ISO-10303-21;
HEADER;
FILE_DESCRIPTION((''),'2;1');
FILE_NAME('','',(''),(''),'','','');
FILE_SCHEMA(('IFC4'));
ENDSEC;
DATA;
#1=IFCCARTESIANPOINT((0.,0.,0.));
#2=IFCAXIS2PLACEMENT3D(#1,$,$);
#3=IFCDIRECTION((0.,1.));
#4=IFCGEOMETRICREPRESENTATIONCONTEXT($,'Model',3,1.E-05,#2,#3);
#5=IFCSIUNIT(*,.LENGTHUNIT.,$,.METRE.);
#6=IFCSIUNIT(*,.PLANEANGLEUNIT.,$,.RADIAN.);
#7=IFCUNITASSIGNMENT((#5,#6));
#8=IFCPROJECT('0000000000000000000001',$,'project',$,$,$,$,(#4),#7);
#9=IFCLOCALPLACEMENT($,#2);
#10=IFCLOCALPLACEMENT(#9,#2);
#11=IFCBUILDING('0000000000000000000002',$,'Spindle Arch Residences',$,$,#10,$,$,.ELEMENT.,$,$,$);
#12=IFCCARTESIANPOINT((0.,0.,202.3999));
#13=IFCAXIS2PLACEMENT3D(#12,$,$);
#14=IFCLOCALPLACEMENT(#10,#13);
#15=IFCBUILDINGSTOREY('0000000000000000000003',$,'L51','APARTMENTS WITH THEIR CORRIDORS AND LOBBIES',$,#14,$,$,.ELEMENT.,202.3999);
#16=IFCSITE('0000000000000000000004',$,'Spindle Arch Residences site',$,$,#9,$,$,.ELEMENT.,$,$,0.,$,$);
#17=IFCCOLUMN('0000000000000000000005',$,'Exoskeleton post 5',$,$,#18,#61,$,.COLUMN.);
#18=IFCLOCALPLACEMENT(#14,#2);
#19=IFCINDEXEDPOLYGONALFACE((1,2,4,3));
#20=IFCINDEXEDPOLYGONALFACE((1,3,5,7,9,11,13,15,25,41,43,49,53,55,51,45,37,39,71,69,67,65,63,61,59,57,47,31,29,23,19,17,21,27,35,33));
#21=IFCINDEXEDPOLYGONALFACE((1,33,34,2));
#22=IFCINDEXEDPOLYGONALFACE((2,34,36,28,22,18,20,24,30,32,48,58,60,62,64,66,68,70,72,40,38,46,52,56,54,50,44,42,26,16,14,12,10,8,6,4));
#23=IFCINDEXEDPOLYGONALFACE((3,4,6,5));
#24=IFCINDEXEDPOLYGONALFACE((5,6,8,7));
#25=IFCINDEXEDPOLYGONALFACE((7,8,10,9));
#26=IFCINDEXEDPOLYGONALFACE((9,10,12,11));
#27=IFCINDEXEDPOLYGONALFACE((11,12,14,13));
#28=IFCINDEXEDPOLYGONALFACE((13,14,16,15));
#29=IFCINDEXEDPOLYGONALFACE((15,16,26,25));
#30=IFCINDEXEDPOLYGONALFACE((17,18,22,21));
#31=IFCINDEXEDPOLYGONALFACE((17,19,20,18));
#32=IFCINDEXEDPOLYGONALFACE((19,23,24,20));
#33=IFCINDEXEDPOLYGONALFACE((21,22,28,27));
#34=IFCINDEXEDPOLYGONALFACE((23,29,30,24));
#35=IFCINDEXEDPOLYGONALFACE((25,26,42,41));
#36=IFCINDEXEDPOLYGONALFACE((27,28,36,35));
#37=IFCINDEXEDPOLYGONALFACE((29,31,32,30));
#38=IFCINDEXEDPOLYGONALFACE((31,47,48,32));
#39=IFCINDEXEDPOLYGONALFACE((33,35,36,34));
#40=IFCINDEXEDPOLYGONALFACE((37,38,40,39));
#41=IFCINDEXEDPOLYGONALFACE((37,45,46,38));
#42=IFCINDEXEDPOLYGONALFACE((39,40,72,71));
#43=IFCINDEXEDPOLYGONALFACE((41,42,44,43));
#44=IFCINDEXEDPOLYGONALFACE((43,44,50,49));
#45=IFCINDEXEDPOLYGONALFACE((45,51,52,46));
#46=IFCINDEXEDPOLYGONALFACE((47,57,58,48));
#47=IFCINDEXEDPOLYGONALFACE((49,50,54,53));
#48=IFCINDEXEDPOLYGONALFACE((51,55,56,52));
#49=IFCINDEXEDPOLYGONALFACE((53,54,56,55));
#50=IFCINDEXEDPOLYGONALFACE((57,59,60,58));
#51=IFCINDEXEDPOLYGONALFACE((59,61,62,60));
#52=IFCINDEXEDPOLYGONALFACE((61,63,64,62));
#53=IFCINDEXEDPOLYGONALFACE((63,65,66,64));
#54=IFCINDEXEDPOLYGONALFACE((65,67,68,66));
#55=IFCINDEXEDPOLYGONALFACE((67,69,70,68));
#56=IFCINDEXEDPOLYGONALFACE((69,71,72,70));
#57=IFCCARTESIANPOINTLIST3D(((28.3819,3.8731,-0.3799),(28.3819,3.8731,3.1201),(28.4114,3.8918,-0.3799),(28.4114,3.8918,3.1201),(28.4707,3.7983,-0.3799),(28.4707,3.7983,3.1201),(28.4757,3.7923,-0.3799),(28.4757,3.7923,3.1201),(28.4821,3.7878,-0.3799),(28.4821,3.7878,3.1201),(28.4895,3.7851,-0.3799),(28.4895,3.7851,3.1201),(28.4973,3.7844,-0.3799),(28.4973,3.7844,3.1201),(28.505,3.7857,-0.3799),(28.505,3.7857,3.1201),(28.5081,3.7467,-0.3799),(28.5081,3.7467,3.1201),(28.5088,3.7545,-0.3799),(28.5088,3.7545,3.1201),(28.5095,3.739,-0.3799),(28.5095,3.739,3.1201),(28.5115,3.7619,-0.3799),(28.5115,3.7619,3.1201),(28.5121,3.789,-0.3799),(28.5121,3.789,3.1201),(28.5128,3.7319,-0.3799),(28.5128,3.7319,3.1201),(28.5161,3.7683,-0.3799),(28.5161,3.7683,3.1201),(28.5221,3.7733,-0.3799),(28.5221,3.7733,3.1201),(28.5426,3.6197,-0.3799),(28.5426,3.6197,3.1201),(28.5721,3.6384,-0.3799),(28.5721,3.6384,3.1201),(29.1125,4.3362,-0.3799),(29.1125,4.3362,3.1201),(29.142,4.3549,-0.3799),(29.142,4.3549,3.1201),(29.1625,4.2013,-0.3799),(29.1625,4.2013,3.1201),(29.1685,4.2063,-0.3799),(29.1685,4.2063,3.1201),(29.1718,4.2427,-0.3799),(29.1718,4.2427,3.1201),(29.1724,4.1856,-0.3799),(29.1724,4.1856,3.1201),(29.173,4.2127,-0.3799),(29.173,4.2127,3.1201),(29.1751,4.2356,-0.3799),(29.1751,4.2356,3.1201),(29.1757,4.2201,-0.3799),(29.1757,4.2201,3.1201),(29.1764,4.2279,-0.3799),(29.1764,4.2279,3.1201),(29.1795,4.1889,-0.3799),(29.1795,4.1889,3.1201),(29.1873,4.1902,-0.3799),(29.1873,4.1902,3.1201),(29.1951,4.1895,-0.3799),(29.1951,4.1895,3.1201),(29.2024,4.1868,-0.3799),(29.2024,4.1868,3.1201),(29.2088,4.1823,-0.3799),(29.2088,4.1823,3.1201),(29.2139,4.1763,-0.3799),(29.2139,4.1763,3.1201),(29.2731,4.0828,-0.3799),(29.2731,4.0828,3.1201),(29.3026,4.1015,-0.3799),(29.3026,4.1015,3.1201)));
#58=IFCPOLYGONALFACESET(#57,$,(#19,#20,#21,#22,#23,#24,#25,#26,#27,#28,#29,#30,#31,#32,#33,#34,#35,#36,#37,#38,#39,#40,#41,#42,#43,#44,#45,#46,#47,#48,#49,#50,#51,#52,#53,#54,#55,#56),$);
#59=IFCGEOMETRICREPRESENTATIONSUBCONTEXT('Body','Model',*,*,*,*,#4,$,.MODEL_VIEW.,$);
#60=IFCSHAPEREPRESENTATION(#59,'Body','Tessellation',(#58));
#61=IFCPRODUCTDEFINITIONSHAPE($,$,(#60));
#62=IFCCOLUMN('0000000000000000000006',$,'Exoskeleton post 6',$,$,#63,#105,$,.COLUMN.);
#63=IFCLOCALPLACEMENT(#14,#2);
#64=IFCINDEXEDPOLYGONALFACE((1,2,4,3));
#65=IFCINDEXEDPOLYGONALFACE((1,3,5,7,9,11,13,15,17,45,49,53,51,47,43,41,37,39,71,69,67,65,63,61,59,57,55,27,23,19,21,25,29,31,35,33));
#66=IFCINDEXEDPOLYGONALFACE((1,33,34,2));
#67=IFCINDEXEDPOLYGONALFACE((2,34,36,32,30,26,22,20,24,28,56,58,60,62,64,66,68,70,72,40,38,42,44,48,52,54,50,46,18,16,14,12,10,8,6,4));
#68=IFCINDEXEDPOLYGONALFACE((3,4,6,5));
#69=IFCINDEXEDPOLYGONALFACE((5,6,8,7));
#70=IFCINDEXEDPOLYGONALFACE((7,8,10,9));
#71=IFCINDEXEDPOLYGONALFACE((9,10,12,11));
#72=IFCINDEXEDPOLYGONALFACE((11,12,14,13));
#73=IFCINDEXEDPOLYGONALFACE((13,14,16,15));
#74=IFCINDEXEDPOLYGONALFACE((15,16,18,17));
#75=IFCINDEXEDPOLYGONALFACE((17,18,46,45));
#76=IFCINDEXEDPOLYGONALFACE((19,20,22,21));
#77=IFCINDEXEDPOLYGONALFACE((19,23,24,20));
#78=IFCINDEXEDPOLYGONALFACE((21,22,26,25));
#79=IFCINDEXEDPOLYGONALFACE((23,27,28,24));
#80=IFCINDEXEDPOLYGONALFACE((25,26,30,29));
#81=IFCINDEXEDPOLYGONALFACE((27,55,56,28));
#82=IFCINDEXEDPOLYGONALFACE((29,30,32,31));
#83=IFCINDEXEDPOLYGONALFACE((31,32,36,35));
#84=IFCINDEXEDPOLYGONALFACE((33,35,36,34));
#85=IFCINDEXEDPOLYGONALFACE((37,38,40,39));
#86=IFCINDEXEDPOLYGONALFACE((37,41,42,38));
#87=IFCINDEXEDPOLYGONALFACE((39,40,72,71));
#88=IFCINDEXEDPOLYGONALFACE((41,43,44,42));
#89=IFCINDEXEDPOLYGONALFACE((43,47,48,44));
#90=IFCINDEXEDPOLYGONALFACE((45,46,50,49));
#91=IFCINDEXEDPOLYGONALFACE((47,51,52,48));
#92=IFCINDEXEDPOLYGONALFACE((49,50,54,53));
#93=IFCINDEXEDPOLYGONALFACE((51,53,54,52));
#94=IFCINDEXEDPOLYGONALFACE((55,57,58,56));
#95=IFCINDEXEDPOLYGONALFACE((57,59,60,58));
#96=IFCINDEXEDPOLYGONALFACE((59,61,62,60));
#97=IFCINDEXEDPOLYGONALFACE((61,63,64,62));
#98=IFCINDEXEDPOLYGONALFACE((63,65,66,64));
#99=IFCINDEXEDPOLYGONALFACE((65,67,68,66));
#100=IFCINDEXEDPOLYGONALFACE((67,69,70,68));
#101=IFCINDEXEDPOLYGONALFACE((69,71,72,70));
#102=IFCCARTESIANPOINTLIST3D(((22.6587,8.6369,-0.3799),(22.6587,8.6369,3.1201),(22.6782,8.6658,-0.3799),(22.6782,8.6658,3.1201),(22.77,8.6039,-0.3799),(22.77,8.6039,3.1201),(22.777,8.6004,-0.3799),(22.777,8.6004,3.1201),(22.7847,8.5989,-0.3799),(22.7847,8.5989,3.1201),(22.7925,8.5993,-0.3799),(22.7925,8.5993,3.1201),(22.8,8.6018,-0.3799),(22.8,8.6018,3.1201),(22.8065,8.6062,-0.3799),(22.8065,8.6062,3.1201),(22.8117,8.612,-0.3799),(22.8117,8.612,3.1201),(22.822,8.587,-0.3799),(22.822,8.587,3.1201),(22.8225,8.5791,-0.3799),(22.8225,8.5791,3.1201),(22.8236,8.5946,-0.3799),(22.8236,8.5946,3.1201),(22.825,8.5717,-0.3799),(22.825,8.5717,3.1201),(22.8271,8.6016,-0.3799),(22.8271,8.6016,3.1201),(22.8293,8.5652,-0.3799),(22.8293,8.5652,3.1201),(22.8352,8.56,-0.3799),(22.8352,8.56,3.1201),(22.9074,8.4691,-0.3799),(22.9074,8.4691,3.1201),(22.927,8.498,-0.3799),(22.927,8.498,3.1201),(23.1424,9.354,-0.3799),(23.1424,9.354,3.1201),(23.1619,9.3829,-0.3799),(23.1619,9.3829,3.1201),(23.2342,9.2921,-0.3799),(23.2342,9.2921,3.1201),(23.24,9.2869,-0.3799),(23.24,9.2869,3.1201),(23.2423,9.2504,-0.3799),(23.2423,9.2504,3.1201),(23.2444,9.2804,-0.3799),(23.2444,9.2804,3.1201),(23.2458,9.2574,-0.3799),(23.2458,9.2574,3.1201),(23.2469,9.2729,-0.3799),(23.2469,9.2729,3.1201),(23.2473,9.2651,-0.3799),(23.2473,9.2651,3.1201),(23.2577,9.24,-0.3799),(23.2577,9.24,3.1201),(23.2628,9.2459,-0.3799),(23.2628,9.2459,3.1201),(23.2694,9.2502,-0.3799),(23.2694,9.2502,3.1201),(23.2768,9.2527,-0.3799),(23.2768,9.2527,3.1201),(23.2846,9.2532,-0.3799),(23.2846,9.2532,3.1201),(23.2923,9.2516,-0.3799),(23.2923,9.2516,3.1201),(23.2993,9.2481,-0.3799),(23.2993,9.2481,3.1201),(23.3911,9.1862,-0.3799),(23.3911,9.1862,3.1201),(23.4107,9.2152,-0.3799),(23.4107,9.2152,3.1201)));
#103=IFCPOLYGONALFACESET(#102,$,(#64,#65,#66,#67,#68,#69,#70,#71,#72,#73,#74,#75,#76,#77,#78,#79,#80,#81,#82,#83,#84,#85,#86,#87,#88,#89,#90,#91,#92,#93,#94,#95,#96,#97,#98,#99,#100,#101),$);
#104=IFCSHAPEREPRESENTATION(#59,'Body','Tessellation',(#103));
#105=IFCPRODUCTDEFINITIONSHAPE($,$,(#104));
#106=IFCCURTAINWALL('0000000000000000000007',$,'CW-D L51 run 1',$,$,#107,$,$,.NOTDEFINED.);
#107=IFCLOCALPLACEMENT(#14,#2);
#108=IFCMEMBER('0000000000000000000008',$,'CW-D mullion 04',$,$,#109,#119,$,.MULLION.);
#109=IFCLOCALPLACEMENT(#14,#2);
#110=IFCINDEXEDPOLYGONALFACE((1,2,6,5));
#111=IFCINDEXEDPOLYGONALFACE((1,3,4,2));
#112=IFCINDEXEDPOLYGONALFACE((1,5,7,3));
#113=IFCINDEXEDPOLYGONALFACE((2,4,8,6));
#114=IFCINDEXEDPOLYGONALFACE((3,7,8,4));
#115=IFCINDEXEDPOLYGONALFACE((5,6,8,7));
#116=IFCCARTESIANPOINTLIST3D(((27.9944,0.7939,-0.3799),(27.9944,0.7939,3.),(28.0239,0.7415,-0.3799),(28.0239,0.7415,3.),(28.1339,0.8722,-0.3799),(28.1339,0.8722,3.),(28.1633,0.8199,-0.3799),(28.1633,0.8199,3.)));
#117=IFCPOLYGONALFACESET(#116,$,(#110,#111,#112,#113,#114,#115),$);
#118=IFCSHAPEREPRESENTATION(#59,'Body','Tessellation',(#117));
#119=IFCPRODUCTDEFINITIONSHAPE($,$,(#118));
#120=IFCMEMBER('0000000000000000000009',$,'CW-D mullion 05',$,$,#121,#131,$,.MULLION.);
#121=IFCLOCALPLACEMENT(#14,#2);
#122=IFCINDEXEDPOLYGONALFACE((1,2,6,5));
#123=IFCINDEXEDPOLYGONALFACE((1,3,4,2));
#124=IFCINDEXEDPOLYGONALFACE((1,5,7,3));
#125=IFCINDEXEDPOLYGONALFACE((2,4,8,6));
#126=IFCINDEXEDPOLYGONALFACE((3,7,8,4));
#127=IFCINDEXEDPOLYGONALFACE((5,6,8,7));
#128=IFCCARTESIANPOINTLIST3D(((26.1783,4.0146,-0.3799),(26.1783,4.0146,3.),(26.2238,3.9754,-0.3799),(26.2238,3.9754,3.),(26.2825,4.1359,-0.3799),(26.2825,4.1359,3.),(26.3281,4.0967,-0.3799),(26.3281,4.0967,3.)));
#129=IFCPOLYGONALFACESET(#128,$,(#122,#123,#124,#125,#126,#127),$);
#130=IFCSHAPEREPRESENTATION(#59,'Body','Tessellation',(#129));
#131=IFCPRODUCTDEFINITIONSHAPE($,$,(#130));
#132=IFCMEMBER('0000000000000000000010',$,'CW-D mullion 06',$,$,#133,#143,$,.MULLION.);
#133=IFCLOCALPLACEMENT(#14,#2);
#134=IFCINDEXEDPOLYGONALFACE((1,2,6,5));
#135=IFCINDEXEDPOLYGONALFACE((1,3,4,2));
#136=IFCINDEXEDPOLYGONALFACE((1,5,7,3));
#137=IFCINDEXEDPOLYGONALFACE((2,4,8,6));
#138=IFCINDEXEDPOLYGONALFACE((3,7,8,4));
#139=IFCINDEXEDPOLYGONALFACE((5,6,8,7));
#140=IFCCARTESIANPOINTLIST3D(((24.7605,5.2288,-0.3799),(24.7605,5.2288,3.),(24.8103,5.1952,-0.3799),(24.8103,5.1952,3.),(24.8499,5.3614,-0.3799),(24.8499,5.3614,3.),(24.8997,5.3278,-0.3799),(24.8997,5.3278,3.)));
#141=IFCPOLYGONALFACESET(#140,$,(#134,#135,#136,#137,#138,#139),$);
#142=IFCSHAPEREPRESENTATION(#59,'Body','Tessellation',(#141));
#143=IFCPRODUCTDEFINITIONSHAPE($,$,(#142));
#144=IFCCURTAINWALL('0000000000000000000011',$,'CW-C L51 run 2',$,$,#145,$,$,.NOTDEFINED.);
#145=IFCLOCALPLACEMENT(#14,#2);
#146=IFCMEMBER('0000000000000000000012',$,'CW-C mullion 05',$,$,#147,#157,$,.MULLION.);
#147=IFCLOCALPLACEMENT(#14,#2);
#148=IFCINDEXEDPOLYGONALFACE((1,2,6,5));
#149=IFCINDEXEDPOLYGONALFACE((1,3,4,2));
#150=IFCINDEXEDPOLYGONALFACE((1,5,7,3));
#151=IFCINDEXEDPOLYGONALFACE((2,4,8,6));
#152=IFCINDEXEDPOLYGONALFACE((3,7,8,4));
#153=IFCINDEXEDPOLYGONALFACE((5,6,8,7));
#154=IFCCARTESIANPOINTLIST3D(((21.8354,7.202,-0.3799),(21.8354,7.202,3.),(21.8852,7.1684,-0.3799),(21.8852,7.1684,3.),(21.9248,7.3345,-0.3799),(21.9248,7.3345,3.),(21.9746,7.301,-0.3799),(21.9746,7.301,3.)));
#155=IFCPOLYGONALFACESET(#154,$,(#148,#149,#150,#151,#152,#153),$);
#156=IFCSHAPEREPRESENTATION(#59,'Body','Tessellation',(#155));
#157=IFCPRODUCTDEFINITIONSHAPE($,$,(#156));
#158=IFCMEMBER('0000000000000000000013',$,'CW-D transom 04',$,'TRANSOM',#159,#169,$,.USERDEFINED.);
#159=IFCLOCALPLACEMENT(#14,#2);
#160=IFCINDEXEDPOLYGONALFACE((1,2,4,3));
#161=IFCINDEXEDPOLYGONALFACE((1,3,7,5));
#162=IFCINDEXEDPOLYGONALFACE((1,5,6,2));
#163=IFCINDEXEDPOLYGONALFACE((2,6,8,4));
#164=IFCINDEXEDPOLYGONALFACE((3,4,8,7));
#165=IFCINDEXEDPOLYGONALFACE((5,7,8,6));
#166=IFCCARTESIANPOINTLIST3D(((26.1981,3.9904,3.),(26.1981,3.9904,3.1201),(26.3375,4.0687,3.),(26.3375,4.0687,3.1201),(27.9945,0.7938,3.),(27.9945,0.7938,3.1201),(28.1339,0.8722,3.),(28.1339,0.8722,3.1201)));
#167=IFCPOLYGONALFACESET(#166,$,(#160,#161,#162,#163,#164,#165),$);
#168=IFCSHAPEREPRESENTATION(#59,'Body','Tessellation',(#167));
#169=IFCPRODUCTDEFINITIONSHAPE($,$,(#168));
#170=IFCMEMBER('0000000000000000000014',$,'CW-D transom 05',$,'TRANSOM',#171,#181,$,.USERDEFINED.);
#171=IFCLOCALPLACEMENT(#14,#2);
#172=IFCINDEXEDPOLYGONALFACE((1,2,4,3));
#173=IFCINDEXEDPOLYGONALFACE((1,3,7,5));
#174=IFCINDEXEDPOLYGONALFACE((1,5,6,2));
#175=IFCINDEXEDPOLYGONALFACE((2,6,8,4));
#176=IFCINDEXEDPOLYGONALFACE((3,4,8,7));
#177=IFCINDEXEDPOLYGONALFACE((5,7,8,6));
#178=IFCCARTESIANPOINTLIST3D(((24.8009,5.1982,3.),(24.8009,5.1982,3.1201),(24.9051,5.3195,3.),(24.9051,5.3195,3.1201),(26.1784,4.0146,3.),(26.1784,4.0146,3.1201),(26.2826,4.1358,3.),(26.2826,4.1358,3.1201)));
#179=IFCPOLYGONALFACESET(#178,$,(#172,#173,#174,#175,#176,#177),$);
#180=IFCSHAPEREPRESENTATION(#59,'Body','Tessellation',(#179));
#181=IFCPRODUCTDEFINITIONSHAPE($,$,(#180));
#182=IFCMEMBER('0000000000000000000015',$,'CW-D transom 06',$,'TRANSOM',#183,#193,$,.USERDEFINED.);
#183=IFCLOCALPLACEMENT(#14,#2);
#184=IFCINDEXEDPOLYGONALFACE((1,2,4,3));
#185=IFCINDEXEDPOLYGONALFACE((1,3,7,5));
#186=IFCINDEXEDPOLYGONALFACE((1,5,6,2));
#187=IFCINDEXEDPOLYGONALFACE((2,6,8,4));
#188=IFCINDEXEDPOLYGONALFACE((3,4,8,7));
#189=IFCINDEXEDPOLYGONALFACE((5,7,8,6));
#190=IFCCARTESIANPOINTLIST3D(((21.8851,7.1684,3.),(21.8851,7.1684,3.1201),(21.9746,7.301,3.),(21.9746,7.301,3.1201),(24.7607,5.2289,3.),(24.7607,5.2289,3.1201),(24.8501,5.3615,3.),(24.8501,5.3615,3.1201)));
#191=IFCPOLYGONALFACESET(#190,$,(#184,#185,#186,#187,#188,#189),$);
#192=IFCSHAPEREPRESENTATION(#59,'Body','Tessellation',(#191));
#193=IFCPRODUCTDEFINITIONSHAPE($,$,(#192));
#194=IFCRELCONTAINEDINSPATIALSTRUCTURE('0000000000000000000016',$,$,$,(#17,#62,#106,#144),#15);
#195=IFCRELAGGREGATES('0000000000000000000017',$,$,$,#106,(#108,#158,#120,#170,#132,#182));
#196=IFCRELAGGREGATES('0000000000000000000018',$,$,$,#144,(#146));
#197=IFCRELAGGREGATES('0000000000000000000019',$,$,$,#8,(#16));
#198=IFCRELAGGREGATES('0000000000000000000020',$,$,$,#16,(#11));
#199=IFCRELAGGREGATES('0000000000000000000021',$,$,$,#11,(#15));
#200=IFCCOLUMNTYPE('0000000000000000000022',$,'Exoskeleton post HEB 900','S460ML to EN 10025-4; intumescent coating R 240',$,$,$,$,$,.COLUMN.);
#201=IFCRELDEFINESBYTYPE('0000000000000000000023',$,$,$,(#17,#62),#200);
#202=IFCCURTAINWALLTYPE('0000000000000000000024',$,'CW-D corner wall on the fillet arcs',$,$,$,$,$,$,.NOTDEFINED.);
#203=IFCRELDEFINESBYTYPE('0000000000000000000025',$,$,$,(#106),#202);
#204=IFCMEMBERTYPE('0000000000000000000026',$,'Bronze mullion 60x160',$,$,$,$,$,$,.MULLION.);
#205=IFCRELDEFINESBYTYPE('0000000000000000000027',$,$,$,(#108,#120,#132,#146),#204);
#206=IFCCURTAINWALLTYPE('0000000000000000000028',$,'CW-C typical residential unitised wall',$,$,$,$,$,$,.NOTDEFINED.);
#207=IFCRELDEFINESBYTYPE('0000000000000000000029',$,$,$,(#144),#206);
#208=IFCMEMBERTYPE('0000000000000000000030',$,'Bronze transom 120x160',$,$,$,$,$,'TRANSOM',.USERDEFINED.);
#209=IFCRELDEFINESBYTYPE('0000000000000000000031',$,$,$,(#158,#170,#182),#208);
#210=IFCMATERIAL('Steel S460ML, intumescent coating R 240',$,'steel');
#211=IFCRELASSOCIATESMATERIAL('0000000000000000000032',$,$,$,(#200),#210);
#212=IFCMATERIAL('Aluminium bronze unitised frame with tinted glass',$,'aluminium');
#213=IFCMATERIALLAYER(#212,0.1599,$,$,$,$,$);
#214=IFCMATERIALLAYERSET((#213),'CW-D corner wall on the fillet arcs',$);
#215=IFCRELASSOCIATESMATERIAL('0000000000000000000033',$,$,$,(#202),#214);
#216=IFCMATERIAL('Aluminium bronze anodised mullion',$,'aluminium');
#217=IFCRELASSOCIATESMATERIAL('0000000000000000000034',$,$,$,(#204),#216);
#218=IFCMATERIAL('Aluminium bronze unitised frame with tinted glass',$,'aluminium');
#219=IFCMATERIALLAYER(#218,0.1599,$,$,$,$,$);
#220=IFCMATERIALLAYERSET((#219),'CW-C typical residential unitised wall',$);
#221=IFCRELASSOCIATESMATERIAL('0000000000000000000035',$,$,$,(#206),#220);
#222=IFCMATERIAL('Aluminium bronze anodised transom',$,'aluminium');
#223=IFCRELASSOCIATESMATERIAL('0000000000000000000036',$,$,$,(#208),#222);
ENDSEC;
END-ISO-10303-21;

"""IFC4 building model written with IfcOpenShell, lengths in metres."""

from ifc_helpers import new_model, si_unit, direction, frame, origin, origin_2d, place, context, subcontext, project, spatial, rectangle, i_section, extrude, material, layer, layer_set, material_profile, profile_set, type_object, element, aggregate, save


model = new_model("IFC4")

# Units and contexts
model_context = context("Model", 3, precision=1e-05, world=origin(), true_north=direction((0.0, 1.0)))
body_context = subcontext(model_context, "Body", "Model", "MODEL_VIEW")
ifc_project = project(units=[si_unit("LENGTHUNIT", "METRE"), si_unit("PLANEANGLEUNIT", "RADIAN")], contexts=[model_context])

# Site, building, storey
site_placement = place(None, origin())
site = spatial("IfcSite", under=ifc_project, at=site_placement, Name="Spindle Arch Residences site", CompositionType="ELEMENT", RefElevation=0.0)
building_placement = place(site_placement, origin())
building = spatial("IfcBuilding", under=site, at=building_placement, Name="Spindle Arch Residences", CompositionType="ELEMENT")
storey_placement = place(building_placement, frame((0.0, 0.0, 202.3999)))
storey = spatial("IfcBuildingStorey", under=building, at=storey_placement, Name="L51", Description="APARTMENTS WITH THEIR CORRIDORS AND LOBBIES", CompositionType="ELEMENT", Elevation=202.3999)

# Columns
ifc_material_1 = material(Name="Steel S460ML, intumescent coating R 240", Category="steel")
ifc_material_profile_1 = material_profile(ifc_material_1, i_section(OverallWidth=0.3, OverallDepth=0.8999, WebThickness=0.0186, FlangeThickness=0.0349, FilletRadius=0.03, at=origin_2d()), Name="HEB 900")
ifc_profile_set_1 = profile_set([ifc_material_profile_1], Name="Steel S460ML, intumescent coating R 240")
column_type = type_object("IfcColumnType", Name="Exoskeleton post HEB 900", Description="S460ML to EN 10025-4; intumescent coating R 240", PredefinedType="COLUMN", material=ifc_profile_set_1)
for number, where, z_axis, x_axis, name in (
    (1, (28.8423, 3.9873, -0.3799), (0.0, 0.0, 1.0), (0.5354, -0.844598, 0.0), "Exoskeleton post 5"),
    (2, (23.0347, 8.926, -0.3799), (0.0, 0.0, 1.0), (0.829038, -0.559193, 0.0), "Exoskeleton post 6"),
):
    element("IfcColumn", number, at=place(storey_placement, frame(where, z_axis=z_axis, x_axis=x_axis)), inside=storey, type_object=column_type, Name=name, PredefinedType="COLUMN", context=body_context, shape_type="SweptSolid", body=[
        extrude(i_section(OverallWidth=0.3, OverallDepth=0.8999, WebThickness=0.0186, FlangeThickness=0.0349, FilletRadius=0.03, at=origin_2d()), origin(), (0.0, 0.0, 1.0), 3.5),
    ])

# Curtain wall, members
ifc_material_2 = material(Name="Aluminium bronze unitised frame with tinted glass", Category="aluminium")
ifc_layer_1 = layer(ifc_material_2, 0.1599)
ifc_layer_set_1 = layer_set([ifc_layer_1], Name="CW-D corner wall on the fillet arcs")
curtain_wall_type_1 = type_object("IfcCurtainWallType", Name="CW-D corner wall on the fillet arcs", PredefinedType="NOTDEFINED", material=ifc_layer_set_1)
curtain_wall_1_placement = place(storey_placement, origin())
curtain_wall_1 = element("IfcCurtainWall", 3, at=curtain_wall_1_placement, inside=storey, type_object=curtain_wall_type_1, Name="CW-D L51 run 1", PredefinedType="NOTDEFINED")
ifc_material_3 = material(Name="Aluminium bronze anodised mullion", Category="aluminium")
ifc_material_profile_2 = material_profile(ifc_material_3, rectangle(XDim=0.1599, YDim=0.0601, at=origin_2d()), Name="MU 60x160")
ifc_profile_set_2 = profile_set([ifc_material_profile_2], Name="Aluminium bronze anodised mullion")
member_type_1 = type_object("IfcMemberType", Name="Bronze mullion 60x160", PredefinedType="MULLION", material=ifc_profile_set_2)
member_1_placement = place(storey_placement, frame((28.0789, 0.8069, -0.3799), z_axis=(0.0, 0.0, 1.0), x_axis=(-0.871784, -0.48989, 0.0)))
member_1 = element("IfcMember", 4, at=member_1_placement, type_object=member_type_1, Name="CW-D mullion 04", PredefinedType="MULLION", context=body_context, shape_type="SweptSolid", body=[
    extrude(rectangle(XDim=0.1599, YDim=0.0601, at=origin_2d()), origin(), (0.0, 0.0, 1.0), 3.3799),
])
member_2_placement = place(storey_placement, frame((26.2532, 4.0557, -0.3799), z_axis=(0.0, 0.0, 1.0), x_axis=(-0.651657, -0.758514, 0.0)))
member_2 = element("IfcMember", 5, at=member_2_placement, type_object=member_type_1, Name="CW-D mullion 05", PredefinedType="MULLION", context=body_context, shape_type="SweptSolid", body=[
    extrude(rectangle(XDim=0.1599, YDim=0.0601, at=origin_2d()), origin(), (0.0, 0.0, 1.0), 3.3799),
])
member_3_placement = place(storey_placement, frame((24.8301, 5.2783, -0.3799), z_axis=(0.0, 0.0, 1.0), x_axis=(-0.559193, -0.829038, 0.0)))
member_3 = element("IfcMember", 6, at=member_3_placement, type_object=member_type_1, Name="CW-D mullion 06", PredefinedType="MULLION", context=body_context, shape_type="SweptSolid", body=[
    extrude(rectangle(XDim=0.1599, YDim=0.0601, at=origin_2d()), origin(), (0.0, 0.0, 1.0), 3.3799),
])

# Curtain wall, member
ifc_material_4 = material(Name="Aluminium bronze unitised frame with tinted glass", Category="aluminium")
ifc_layer_2 = layer(ifc_material_4, 0.1599)
ifc_layer_set_2 = layer_set([ifc_layer_2], Name="CW-C typical residential unitised wall")
curtain_wall_type_2 = type_object("IfcCurtainWallType", Name="CW-C typical residential unitised wall", PredefinedType="NOTDEFINED", material=ifc_layer_set_2)
curtain_wall_2_placement = place(storey_placement, origin())
curtain_wall_2 = element("IfcCurtainWall", 7, at=curtain_wall_2_placement, inside=storey, type_object=curtain_wall_type_2, Name="CW-C L51 run 2", PredefinedType="NOTDEFINED")
member_4_placement = place(storey_placement, frame((21.905, 7.2515, -0.3799), z_axis=(0.0, 0.0, 1.0), x_axis=(-0.559193, -0.829038, 0.0)))
member_4 = element("IfcMember", 8, at=member_4_placement, type_object=member_type_1, Name="CW-C mullion 05", PredefinedType="MULLION", context=body_context, shape_type="SweptSolid", body=[
    extrude(rectangle(XDim=0.1599, YDim=0.0601, at=origin_2d()), origin(), (0.0, 0.0, 1.0), 3.3799),
])

# Members
ifc_material_5 = material(Name="Aluminium bronze anodised transom", Category="aluminium")
ifc_material_profile_3 = material_profile(ifc_material_5, rectangle(XDim=0.1599, YDim=0.1201, at=origin_2d()), Name="TR 120x160")
ifc_profile_set_3 = profile_set([ifc_material_profile_3], Name="Aluminium bronze anodised transom")
member_type_2 = type_object("IfcMemberType", Name="Bronze transom 120x160", ElementType="TRANSOM", PredefinedType="USERDEFINED", material=ifc_profile_set_3)
member_5_placement = place(storey_placement, frame((28.0642, 0.833, 3.0601), z_axis=(-0.489917, 0.871769, 0.0), x_axis=(-0.871769, -0.489917, 0.0)))
member_5 = element("IfcMember", 9, at=member_5_placement, type_object=member_type_2, Name="CW-D transom 04", ObjectType="TRANSOM", PredefinedType="USERDEFINED", context=body_context, shape_type="SweptSolid", body=[
    extrude(rectangle(XDim=0.1599, YDim=0.1201, at=origin_2d()), origin(), (0.0, 0.0, 1.0), 3.6667),
])
member_6_placement = place(storey_placement, frame((26.2305, 4.0752, 3.0601), z_axis=(-0.758459, 0.651721, 0.0), x_axis=(-0.651721, -0.758459, 0.0)))
member_6 = element("IfcMember", 10, at=member_6_placement, type_object=member_type_2, Name="CW-D transom 05", ObjectType="TRANSOM", PredefinedType="USERDEFINED", context=body_context, shape_type="SweptSolid", body=[
    extrude(rectangle(XDim=0.1599, YDim=0.1201, at=origin_2d()), origin(), (0.0, 0.0, 1.0), 1.8162),
])
member_7_placement = place(storey_placement, frame((24.8054, 5.2952, 3.0601), z_axis=(-0.829049, 0.559175, 0.0), x_axis=(-0.559175, -0.829049, 0.0)))
member_7 = element("IfcMember", 11, at=member_7_placement, type_object=member_type_2, Name="CW-D transom 06", ObjectType="TRANSOM", PredefinedType="USERDEFINED", context=body_context, shape_type="SweptSolid", body=[
    extrude(rectangle(XDim=0.1599, YDim=0.1201, at=origin_2d()), origin(), (0.0, 0.0, 1.0), 3.4685),
])

aggregate(curtain_wall_1, [member_1, member_5, member_2, member_6, member_3, member_7])
aggregate(curtain_wall_2, [member_4])

save(model, "model.ifc")
